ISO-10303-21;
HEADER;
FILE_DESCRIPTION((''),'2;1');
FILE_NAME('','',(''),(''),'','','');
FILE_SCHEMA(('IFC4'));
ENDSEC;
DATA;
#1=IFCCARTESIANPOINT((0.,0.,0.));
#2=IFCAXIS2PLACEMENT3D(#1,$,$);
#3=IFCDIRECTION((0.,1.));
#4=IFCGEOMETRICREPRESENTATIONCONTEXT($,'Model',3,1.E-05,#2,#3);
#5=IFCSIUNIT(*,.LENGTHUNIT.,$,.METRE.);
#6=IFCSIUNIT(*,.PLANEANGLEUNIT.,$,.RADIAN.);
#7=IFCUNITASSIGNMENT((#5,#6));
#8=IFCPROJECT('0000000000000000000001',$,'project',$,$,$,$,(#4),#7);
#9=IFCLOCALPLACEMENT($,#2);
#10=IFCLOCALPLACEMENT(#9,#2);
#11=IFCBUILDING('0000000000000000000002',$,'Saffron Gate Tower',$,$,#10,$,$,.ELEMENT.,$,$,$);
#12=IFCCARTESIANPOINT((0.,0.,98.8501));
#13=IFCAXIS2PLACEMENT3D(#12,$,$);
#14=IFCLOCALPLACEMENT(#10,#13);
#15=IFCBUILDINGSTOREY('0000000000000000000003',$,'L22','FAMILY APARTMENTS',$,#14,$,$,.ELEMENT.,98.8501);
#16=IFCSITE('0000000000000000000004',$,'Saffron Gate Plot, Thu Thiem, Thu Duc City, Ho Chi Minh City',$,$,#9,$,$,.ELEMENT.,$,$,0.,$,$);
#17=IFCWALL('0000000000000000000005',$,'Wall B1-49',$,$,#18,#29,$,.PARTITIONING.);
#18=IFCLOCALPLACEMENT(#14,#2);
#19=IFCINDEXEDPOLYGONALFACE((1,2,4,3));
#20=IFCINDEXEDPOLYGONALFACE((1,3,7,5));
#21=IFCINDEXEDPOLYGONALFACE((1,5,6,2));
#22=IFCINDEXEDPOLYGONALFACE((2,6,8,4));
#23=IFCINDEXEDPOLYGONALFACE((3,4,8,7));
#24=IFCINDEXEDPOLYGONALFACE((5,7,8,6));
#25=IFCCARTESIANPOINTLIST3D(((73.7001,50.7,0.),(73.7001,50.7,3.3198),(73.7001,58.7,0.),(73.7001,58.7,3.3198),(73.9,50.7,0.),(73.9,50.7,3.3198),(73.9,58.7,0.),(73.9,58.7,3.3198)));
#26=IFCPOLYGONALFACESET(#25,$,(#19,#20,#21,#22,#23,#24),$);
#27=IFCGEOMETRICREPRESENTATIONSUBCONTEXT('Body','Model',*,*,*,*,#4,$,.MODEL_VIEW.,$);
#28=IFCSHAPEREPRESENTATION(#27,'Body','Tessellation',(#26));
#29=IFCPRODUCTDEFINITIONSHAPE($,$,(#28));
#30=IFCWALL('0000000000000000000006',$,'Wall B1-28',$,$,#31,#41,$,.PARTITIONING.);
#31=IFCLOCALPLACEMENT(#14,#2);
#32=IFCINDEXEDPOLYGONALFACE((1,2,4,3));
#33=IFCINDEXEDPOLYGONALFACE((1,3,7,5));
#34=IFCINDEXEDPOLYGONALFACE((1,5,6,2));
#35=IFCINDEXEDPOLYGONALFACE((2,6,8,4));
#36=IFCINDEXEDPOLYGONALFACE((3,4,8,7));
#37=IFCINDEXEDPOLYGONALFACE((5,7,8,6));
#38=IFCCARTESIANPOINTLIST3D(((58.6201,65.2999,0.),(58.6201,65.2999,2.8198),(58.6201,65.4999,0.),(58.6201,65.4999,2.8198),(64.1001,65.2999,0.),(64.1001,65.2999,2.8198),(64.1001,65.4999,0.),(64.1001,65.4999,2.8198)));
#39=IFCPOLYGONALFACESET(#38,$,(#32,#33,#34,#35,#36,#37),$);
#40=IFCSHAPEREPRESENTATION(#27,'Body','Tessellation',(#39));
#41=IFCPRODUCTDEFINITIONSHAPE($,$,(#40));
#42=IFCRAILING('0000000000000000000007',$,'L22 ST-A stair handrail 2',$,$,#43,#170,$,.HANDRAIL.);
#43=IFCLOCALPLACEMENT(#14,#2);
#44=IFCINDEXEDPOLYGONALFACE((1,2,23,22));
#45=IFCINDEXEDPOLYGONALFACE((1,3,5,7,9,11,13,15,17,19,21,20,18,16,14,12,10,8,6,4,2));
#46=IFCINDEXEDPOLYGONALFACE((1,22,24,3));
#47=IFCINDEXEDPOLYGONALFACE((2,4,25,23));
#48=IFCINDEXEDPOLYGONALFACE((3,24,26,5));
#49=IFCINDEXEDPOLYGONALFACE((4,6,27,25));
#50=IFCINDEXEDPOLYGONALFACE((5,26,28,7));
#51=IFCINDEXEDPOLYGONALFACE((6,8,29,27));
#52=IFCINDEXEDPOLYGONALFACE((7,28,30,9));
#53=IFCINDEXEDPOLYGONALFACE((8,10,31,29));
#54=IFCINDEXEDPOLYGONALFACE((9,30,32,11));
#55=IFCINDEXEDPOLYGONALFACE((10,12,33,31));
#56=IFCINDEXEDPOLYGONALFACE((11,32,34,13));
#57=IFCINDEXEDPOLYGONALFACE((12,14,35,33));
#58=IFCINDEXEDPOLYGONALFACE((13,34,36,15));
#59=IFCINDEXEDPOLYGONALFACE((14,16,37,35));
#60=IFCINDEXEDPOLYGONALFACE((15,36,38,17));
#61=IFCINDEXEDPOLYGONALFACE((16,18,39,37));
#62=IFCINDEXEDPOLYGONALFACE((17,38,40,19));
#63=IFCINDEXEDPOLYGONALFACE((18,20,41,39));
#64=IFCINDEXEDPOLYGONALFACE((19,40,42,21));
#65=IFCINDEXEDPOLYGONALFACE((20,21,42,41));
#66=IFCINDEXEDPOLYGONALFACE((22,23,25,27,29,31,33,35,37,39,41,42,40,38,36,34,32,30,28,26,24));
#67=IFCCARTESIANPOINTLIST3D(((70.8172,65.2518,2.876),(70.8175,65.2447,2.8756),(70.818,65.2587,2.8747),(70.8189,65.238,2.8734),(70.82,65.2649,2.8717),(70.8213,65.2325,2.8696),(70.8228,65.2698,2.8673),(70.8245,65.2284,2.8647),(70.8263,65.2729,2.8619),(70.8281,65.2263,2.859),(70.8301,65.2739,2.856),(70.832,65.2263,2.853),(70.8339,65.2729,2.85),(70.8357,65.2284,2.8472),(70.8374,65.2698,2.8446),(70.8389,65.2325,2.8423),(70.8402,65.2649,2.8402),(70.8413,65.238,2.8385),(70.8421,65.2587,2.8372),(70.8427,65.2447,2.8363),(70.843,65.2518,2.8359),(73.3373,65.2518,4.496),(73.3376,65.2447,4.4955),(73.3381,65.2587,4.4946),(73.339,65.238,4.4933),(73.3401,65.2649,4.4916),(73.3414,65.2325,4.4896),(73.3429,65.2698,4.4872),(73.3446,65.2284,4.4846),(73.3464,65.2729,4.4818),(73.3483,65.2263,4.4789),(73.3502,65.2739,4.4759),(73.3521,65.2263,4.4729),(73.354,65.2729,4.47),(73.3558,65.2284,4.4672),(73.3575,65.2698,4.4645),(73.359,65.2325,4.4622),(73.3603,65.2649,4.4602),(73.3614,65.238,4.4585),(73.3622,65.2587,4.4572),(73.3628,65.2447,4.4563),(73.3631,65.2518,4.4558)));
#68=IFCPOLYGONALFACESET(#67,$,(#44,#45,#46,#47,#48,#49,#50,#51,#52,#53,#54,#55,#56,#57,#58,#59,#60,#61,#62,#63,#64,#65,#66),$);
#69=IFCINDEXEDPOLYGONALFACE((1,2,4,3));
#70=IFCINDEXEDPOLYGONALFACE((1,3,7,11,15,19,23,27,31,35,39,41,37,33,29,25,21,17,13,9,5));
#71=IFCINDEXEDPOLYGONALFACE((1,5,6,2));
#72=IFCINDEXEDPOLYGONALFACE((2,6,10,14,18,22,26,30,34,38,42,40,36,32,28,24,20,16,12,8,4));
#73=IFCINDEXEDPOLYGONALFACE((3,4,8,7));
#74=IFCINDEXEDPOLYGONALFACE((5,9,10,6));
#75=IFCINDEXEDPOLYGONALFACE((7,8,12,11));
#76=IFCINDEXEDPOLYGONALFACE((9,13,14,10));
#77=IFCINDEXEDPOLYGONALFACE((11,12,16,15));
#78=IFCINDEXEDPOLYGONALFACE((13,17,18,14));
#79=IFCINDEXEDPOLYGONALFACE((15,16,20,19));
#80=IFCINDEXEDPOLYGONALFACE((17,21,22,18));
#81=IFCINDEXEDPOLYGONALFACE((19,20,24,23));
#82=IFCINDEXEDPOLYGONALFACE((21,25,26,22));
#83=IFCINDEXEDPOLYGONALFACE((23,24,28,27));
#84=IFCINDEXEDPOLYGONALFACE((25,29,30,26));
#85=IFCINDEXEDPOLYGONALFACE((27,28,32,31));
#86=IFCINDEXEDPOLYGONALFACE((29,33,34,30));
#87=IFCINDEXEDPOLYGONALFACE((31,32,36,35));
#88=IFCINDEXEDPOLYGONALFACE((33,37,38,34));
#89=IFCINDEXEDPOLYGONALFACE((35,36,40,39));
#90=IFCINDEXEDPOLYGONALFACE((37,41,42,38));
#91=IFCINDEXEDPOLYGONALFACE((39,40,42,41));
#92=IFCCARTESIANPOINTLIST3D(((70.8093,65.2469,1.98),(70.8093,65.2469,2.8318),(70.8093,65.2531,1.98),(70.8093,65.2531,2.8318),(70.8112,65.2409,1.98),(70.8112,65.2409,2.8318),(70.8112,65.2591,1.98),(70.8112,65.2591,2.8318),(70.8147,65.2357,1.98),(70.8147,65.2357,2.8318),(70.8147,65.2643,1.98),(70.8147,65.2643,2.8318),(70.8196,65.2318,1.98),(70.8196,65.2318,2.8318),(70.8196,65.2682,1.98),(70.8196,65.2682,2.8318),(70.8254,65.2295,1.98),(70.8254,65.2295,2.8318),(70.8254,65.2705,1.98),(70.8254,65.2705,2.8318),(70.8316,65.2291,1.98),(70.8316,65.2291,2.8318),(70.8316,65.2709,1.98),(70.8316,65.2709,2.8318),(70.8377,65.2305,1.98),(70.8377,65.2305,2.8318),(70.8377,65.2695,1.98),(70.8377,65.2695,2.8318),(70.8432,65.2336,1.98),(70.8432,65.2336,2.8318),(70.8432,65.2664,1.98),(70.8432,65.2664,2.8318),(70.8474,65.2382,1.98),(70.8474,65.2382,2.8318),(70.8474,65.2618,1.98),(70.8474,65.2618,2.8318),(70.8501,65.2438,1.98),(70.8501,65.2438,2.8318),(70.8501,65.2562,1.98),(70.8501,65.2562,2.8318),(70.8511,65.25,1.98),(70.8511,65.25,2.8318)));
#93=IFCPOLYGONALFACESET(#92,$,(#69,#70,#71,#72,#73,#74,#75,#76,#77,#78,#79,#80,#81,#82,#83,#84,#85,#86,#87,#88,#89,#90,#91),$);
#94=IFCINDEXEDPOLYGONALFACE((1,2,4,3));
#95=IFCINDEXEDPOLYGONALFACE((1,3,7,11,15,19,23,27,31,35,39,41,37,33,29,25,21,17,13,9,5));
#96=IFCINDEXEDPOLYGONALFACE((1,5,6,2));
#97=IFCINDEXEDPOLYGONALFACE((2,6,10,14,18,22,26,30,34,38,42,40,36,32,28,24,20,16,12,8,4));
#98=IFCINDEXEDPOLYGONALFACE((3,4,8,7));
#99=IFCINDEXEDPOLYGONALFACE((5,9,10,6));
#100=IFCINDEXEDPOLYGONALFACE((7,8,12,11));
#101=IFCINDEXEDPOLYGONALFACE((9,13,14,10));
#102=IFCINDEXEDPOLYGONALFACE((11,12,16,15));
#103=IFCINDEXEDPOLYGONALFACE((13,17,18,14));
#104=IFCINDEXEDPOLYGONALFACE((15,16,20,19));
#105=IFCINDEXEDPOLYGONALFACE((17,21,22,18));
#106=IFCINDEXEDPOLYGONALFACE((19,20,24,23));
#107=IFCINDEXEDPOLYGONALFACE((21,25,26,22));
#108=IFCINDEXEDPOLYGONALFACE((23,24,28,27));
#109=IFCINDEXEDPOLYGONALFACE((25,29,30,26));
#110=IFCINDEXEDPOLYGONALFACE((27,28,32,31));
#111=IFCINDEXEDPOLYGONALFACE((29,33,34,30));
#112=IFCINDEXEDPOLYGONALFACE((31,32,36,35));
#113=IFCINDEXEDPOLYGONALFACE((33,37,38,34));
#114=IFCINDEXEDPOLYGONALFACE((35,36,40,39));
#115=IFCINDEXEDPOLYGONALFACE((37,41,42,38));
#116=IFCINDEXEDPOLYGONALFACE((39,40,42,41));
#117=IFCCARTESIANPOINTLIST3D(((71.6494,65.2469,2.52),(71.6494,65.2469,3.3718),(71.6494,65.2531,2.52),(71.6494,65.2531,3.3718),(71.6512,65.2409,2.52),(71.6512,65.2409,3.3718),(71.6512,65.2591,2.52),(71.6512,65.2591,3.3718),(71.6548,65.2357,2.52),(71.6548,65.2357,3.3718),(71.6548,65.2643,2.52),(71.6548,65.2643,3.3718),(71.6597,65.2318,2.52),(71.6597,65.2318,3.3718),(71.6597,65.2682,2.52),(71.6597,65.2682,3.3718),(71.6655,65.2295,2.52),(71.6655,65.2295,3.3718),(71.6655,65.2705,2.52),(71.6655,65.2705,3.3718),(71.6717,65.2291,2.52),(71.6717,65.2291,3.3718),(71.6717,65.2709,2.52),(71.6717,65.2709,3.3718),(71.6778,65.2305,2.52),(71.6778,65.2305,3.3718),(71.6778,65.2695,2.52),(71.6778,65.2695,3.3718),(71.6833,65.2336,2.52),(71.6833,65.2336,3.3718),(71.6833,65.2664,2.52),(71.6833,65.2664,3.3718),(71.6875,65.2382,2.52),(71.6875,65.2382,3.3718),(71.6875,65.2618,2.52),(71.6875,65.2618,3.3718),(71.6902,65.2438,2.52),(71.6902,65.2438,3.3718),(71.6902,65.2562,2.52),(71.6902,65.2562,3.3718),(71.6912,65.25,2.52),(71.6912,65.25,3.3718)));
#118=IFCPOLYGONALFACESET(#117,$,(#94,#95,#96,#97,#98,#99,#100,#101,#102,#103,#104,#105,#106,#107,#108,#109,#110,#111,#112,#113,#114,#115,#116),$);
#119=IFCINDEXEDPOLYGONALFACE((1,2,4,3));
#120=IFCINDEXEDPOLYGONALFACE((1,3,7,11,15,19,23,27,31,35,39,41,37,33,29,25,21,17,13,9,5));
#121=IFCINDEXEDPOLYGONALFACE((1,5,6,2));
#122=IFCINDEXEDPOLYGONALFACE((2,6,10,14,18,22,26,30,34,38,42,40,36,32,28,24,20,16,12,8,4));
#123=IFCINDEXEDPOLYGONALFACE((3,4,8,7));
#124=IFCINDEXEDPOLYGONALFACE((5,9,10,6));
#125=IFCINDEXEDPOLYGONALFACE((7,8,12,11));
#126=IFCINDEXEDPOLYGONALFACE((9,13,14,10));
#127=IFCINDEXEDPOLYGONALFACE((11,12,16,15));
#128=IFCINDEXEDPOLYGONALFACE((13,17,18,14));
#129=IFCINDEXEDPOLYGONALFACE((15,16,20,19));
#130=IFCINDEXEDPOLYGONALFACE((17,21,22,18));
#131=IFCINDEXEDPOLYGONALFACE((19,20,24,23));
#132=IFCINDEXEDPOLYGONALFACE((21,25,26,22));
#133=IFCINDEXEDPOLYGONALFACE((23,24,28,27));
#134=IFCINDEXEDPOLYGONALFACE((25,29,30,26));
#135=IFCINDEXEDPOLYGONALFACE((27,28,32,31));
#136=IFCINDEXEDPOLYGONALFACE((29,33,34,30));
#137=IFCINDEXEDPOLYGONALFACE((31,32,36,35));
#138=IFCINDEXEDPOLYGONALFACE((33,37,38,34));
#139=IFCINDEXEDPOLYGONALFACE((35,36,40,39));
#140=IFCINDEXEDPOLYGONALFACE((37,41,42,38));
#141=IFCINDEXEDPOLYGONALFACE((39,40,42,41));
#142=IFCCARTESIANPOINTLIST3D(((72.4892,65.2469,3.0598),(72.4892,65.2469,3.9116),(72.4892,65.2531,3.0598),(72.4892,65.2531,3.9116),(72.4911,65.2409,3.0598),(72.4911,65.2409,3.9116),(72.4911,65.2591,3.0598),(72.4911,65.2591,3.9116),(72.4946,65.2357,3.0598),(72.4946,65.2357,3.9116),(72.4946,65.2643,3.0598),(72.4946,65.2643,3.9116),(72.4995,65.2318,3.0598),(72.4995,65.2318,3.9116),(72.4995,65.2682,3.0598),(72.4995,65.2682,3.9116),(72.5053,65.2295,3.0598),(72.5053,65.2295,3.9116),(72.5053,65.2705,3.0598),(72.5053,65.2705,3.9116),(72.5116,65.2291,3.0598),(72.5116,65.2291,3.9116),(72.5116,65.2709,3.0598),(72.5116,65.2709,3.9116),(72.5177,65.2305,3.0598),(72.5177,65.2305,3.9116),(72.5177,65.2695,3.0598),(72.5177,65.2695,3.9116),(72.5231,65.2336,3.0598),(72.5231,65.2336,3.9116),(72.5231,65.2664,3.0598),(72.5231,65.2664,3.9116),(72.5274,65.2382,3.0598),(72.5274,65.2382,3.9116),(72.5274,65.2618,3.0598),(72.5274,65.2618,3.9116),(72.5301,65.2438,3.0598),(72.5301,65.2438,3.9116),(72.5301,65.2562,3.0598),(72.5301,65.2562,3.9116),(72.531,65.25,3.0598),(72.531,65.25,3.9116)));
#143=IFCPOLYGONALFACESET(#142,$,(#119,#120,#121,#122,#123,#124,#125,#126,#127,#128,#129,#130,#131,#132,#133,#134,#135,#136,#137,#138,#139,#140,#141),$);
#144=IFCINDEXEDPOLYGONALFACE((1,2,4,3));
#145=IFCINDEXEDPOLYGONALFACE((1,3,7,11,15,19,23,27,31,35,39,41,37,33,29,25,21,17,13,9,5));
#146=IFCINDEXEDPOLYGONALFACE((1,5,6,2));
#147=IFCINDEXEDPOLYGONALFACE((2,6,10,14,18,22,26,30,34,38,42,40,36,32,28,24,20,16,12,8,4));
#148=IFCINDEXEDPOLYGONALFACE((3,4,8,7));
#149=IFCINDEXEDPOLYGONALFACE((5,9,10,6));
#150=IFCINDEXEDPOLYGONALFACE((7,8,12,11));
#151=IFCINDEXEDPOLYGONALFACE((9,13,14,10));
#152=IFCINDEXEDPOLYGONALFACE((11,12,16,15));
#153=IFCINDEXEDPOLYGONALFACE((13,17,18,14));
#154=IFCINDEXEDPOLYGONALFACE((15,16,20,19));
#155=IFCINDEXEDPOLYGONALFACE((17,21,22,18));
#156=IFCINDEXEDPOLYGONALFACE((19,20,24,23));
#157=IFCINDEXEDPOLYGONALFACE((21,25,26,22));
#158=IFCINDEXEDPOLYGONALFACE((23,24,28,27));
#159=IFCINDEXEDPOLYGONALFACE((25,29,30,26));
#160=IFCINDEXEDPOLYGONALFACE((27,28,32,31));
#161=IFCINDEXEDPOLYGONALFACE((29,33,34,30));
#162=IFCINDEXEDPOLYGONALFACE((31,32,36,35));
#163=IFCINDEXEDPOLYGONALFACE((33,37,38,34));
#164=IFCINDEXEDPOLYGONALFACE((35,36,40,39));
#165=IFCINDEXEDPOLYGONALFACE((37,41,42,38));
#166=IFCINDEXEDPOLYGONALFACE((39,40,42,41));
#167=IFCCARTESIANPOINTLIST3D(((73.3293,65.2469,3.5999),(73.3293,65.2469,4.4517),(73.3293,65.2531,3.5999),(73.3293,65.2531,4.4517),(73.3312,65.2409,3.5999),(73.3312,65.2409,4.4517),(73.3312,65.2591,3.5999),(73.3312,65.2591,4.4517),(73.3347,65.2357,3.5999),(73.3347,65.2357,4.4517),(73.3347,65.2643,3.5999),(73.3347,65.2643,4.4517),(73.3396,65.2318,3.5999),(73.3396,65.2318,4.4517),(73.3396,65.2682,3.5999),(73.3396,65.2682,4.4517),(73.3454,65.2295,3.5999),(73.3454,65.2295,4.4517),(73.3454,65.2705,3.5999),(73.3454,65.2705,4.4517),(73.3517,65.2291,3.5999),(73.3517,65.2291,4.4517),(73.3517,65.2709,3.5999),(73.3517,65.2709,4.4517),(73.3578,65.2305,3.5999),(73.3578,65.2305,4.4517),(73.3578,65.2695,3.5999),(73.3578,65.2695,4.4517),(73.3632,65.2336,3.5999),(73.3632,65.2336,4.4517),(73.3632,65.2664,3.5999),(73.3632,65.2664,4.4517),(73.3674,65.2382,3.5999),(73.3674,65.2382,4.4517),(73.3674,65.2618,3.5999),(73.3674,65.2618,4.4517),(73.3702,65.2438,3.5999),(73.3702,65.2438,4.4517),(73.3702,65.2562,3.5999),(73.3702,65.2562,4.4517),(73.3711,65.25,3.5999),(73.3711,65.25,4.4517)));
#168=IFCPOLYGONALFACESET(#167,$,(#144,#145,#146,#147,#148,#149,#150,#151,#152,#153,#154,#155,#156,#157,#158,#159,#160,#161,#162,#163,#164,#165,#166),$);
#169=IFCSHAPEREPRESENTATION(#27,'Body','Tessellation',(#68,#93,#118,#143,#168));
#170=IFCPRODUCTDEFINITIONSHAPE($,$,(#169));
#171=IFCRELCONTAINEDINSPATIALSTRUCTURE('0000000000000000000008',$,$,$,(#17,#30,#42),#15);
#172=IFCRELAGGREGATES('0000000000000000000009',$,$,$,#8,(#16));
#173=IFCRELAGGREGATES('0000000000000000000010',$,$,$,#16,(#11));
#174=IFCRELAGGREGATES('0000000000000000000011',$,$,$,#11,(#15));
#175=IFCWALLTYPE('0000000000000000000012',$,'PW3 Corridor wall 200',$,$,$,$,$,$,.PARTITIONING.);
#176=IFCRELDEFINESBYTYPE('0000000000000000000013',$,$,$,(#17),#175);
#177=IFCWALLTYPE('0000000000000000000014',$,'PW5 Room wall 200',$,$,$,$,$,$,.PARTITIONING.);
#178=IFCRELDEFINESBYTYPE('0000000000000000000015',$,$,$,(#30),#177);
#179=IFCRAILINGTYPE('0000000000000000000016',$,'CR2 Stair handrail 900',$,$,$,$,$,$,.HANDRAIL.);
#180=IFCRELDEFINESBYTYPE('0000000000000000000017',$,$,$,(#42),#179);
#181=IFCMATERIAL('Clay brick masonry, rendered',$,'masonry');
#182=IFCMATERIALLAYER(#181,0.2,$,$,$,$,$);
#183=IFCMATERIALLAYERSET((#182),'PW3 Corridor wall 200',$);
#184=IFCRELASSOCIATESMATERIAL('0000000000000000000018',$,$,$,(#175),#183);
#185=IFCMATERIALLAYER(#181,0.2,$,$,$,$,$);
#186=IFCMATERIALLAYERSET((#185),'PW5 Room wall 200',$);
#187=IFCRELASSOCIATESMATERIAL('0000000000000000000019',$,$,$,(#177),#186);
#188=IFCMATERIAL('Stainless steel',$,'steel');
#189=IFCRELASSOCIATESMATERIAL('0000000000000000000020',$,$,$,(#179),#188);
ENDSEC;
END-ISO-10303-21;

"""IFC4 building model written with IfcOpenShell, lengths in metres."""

from ifc_helpers import new_model, si_unit, direction, frame, frame_2d, origin, origin_2d, place, context, subcontext, project, spatial, rectangle, circle, extrude, material, layer, layer_set, type_object, element, save


model = new_model("IFC4")

# Units and contexts
model_context = context("Model", 3, precision=1e-05, world=origin(), true_north=direction((0.0, 1.0)))
body_context = subcontext(model_context, "Body", "Model", "MODEL_VIEW")
ifc_project = project(units=[si_unit("LENGTHUNIT", "METRE"), si_unit("PLANEANGLEUNIT", "RADIAN")], contexts=[model_context])

# Site, building, storey
site_placement = place(None, origin())
site = spatial("IfcSite", under=ifc_project, at=site_placement, Name="Saffron Gate Plot, Thu Thiem, Thu Duc City, Ho Chi Minh City", CompositionType="ELEMENT", RefElevation=0.0)
building_placement = place(site_placement, origin())
building = spatial("IfcBuilding", under=site, at=building_placement, Name="Saffron Gate Tower", CompositionType="ELEMENT")
storey_placement = place(building_placement, frame((0.0, 0.0, 98.8501)))
storey = spatial("IfcBuildingStorey", under=building, at=storey_placement, Name="L22", Description="FAMILY APARTMENTS", CompositionType="ELEMENT", Elevation=98.8501)

# Shared definitions
ifc_material_1 = material(Name="Clay brick masonry, rendered", Category="masonry")
ifc_layer_1 = layer(ifc_material_1, 0.2)
ifc_layer_set_1 = layer_set([ifc_layer_1], Name="PW3 Corridor wall 200")
wall_type_1 = type_object("IfcWallType", Name="PW3 Corridor wall 200", PredefinedType="PARTITIONING", material=ifc_layer_set_1)

# Walls
wall_1_placement = place(storey_placement, frame((73.8, 58.7, 0.0), z_axis=(0.0, 0.0, 1.0), x_axis=(0.0, -1.0, 0.0)))
element("IfcWall", 1, at=wall_1_placement, inside=storey, type_object=wall_type_1, Name="Wall B1-49", PredefinedType="PARTITIONING", context=body_context, shape_type="SweptSolid", body=[
    extrude(rectangle(XDim=8.0, YDim=0.2, at=frame_2d((4.0, 0.0))), origin(), (0.0, 0.0, 1.0), 3.3198),
])
ifc_layer_2 = layer(ifc_material_1, 0.2)
ifc_layer_set_2 = layer_set([ifc_layer_2], Name="PW5 Room wall 200")
wall_type_2 = type_object("IfcWallType", Name="PW5 Room wall 200", PredefinedType="PARTITIONING", material=ifc_layer_set_2)
wall_2_placement = place(storey_placement, frame((58.6201, 65.3999, 0.0), z_axis=(0.0, 0.0, 1.0), x_axis=(1.0, 0.0, 0.0)))
element("IfcWall", 2, at=wall_2_placement, inside=storey, type_object=wall_type_2, Name="Wall B1-28", PredefinedType="PARTITIONING", context=body_context, shape_type="SweptSolid", body=[
    extrude(rectangle(XDim=5.48, YDim=0.2, at=frame_2d((2.74, 0.0))), origin(), (0.0, 0.0, 1.0), 2.8198),
])

# Railing
ifc_material_2 = material(Name="Stainless steel", Category="steel")
railing_type = type_object("IfcRailingType", Name="CR2 Stair handrail 900", PredefinedType="HANDRAIL", material=ifc_material_2)
railing_placement = place(storey_placement, frame((70.8301, 65.25, 1.98)))
element("IfcRailing", 3, at=railing_placement, inside=storey, type_object=railing_type, Name="L22 ST-A stair handrail 2", PredefinedType="HANDRAIL", context=body_context, shape_type="SweptSolid", body=[
    extrude(circle(Radius=0.0239, at=origin_2d()), frame((0.0, 0.0, 0.876), z_axis=(0.8412, 0.0, 0.540725), x_axis=(0.0, 1.0, 0.0)), (0.0, 0.0, 1.0), 2.9958),
    extrude(circle(Radius=0.021, at=origin_2d()), origin(), (0.0, 0.0, 1.0), 0.8518),
    extrude(circle(Radius=0.021, at=origin_2d()), frame((0.8401, 0.0, 0.54)), (0.0, 0.0, 1.0), 0.8518),
    extrude(circle(Radius=0.021, at=origin_2d()), frame((1.6799, 0.0, 1.0798)), (0.0, 0.0, 1.0), 0.8518),
    extrude(circle(Radius=0.021, at=origin_2d()), frame((2.52, 0.0, 1.6199)), (0.0, 0.0, 1.0), 0.8518),
])

save(model, "model.ifc")
